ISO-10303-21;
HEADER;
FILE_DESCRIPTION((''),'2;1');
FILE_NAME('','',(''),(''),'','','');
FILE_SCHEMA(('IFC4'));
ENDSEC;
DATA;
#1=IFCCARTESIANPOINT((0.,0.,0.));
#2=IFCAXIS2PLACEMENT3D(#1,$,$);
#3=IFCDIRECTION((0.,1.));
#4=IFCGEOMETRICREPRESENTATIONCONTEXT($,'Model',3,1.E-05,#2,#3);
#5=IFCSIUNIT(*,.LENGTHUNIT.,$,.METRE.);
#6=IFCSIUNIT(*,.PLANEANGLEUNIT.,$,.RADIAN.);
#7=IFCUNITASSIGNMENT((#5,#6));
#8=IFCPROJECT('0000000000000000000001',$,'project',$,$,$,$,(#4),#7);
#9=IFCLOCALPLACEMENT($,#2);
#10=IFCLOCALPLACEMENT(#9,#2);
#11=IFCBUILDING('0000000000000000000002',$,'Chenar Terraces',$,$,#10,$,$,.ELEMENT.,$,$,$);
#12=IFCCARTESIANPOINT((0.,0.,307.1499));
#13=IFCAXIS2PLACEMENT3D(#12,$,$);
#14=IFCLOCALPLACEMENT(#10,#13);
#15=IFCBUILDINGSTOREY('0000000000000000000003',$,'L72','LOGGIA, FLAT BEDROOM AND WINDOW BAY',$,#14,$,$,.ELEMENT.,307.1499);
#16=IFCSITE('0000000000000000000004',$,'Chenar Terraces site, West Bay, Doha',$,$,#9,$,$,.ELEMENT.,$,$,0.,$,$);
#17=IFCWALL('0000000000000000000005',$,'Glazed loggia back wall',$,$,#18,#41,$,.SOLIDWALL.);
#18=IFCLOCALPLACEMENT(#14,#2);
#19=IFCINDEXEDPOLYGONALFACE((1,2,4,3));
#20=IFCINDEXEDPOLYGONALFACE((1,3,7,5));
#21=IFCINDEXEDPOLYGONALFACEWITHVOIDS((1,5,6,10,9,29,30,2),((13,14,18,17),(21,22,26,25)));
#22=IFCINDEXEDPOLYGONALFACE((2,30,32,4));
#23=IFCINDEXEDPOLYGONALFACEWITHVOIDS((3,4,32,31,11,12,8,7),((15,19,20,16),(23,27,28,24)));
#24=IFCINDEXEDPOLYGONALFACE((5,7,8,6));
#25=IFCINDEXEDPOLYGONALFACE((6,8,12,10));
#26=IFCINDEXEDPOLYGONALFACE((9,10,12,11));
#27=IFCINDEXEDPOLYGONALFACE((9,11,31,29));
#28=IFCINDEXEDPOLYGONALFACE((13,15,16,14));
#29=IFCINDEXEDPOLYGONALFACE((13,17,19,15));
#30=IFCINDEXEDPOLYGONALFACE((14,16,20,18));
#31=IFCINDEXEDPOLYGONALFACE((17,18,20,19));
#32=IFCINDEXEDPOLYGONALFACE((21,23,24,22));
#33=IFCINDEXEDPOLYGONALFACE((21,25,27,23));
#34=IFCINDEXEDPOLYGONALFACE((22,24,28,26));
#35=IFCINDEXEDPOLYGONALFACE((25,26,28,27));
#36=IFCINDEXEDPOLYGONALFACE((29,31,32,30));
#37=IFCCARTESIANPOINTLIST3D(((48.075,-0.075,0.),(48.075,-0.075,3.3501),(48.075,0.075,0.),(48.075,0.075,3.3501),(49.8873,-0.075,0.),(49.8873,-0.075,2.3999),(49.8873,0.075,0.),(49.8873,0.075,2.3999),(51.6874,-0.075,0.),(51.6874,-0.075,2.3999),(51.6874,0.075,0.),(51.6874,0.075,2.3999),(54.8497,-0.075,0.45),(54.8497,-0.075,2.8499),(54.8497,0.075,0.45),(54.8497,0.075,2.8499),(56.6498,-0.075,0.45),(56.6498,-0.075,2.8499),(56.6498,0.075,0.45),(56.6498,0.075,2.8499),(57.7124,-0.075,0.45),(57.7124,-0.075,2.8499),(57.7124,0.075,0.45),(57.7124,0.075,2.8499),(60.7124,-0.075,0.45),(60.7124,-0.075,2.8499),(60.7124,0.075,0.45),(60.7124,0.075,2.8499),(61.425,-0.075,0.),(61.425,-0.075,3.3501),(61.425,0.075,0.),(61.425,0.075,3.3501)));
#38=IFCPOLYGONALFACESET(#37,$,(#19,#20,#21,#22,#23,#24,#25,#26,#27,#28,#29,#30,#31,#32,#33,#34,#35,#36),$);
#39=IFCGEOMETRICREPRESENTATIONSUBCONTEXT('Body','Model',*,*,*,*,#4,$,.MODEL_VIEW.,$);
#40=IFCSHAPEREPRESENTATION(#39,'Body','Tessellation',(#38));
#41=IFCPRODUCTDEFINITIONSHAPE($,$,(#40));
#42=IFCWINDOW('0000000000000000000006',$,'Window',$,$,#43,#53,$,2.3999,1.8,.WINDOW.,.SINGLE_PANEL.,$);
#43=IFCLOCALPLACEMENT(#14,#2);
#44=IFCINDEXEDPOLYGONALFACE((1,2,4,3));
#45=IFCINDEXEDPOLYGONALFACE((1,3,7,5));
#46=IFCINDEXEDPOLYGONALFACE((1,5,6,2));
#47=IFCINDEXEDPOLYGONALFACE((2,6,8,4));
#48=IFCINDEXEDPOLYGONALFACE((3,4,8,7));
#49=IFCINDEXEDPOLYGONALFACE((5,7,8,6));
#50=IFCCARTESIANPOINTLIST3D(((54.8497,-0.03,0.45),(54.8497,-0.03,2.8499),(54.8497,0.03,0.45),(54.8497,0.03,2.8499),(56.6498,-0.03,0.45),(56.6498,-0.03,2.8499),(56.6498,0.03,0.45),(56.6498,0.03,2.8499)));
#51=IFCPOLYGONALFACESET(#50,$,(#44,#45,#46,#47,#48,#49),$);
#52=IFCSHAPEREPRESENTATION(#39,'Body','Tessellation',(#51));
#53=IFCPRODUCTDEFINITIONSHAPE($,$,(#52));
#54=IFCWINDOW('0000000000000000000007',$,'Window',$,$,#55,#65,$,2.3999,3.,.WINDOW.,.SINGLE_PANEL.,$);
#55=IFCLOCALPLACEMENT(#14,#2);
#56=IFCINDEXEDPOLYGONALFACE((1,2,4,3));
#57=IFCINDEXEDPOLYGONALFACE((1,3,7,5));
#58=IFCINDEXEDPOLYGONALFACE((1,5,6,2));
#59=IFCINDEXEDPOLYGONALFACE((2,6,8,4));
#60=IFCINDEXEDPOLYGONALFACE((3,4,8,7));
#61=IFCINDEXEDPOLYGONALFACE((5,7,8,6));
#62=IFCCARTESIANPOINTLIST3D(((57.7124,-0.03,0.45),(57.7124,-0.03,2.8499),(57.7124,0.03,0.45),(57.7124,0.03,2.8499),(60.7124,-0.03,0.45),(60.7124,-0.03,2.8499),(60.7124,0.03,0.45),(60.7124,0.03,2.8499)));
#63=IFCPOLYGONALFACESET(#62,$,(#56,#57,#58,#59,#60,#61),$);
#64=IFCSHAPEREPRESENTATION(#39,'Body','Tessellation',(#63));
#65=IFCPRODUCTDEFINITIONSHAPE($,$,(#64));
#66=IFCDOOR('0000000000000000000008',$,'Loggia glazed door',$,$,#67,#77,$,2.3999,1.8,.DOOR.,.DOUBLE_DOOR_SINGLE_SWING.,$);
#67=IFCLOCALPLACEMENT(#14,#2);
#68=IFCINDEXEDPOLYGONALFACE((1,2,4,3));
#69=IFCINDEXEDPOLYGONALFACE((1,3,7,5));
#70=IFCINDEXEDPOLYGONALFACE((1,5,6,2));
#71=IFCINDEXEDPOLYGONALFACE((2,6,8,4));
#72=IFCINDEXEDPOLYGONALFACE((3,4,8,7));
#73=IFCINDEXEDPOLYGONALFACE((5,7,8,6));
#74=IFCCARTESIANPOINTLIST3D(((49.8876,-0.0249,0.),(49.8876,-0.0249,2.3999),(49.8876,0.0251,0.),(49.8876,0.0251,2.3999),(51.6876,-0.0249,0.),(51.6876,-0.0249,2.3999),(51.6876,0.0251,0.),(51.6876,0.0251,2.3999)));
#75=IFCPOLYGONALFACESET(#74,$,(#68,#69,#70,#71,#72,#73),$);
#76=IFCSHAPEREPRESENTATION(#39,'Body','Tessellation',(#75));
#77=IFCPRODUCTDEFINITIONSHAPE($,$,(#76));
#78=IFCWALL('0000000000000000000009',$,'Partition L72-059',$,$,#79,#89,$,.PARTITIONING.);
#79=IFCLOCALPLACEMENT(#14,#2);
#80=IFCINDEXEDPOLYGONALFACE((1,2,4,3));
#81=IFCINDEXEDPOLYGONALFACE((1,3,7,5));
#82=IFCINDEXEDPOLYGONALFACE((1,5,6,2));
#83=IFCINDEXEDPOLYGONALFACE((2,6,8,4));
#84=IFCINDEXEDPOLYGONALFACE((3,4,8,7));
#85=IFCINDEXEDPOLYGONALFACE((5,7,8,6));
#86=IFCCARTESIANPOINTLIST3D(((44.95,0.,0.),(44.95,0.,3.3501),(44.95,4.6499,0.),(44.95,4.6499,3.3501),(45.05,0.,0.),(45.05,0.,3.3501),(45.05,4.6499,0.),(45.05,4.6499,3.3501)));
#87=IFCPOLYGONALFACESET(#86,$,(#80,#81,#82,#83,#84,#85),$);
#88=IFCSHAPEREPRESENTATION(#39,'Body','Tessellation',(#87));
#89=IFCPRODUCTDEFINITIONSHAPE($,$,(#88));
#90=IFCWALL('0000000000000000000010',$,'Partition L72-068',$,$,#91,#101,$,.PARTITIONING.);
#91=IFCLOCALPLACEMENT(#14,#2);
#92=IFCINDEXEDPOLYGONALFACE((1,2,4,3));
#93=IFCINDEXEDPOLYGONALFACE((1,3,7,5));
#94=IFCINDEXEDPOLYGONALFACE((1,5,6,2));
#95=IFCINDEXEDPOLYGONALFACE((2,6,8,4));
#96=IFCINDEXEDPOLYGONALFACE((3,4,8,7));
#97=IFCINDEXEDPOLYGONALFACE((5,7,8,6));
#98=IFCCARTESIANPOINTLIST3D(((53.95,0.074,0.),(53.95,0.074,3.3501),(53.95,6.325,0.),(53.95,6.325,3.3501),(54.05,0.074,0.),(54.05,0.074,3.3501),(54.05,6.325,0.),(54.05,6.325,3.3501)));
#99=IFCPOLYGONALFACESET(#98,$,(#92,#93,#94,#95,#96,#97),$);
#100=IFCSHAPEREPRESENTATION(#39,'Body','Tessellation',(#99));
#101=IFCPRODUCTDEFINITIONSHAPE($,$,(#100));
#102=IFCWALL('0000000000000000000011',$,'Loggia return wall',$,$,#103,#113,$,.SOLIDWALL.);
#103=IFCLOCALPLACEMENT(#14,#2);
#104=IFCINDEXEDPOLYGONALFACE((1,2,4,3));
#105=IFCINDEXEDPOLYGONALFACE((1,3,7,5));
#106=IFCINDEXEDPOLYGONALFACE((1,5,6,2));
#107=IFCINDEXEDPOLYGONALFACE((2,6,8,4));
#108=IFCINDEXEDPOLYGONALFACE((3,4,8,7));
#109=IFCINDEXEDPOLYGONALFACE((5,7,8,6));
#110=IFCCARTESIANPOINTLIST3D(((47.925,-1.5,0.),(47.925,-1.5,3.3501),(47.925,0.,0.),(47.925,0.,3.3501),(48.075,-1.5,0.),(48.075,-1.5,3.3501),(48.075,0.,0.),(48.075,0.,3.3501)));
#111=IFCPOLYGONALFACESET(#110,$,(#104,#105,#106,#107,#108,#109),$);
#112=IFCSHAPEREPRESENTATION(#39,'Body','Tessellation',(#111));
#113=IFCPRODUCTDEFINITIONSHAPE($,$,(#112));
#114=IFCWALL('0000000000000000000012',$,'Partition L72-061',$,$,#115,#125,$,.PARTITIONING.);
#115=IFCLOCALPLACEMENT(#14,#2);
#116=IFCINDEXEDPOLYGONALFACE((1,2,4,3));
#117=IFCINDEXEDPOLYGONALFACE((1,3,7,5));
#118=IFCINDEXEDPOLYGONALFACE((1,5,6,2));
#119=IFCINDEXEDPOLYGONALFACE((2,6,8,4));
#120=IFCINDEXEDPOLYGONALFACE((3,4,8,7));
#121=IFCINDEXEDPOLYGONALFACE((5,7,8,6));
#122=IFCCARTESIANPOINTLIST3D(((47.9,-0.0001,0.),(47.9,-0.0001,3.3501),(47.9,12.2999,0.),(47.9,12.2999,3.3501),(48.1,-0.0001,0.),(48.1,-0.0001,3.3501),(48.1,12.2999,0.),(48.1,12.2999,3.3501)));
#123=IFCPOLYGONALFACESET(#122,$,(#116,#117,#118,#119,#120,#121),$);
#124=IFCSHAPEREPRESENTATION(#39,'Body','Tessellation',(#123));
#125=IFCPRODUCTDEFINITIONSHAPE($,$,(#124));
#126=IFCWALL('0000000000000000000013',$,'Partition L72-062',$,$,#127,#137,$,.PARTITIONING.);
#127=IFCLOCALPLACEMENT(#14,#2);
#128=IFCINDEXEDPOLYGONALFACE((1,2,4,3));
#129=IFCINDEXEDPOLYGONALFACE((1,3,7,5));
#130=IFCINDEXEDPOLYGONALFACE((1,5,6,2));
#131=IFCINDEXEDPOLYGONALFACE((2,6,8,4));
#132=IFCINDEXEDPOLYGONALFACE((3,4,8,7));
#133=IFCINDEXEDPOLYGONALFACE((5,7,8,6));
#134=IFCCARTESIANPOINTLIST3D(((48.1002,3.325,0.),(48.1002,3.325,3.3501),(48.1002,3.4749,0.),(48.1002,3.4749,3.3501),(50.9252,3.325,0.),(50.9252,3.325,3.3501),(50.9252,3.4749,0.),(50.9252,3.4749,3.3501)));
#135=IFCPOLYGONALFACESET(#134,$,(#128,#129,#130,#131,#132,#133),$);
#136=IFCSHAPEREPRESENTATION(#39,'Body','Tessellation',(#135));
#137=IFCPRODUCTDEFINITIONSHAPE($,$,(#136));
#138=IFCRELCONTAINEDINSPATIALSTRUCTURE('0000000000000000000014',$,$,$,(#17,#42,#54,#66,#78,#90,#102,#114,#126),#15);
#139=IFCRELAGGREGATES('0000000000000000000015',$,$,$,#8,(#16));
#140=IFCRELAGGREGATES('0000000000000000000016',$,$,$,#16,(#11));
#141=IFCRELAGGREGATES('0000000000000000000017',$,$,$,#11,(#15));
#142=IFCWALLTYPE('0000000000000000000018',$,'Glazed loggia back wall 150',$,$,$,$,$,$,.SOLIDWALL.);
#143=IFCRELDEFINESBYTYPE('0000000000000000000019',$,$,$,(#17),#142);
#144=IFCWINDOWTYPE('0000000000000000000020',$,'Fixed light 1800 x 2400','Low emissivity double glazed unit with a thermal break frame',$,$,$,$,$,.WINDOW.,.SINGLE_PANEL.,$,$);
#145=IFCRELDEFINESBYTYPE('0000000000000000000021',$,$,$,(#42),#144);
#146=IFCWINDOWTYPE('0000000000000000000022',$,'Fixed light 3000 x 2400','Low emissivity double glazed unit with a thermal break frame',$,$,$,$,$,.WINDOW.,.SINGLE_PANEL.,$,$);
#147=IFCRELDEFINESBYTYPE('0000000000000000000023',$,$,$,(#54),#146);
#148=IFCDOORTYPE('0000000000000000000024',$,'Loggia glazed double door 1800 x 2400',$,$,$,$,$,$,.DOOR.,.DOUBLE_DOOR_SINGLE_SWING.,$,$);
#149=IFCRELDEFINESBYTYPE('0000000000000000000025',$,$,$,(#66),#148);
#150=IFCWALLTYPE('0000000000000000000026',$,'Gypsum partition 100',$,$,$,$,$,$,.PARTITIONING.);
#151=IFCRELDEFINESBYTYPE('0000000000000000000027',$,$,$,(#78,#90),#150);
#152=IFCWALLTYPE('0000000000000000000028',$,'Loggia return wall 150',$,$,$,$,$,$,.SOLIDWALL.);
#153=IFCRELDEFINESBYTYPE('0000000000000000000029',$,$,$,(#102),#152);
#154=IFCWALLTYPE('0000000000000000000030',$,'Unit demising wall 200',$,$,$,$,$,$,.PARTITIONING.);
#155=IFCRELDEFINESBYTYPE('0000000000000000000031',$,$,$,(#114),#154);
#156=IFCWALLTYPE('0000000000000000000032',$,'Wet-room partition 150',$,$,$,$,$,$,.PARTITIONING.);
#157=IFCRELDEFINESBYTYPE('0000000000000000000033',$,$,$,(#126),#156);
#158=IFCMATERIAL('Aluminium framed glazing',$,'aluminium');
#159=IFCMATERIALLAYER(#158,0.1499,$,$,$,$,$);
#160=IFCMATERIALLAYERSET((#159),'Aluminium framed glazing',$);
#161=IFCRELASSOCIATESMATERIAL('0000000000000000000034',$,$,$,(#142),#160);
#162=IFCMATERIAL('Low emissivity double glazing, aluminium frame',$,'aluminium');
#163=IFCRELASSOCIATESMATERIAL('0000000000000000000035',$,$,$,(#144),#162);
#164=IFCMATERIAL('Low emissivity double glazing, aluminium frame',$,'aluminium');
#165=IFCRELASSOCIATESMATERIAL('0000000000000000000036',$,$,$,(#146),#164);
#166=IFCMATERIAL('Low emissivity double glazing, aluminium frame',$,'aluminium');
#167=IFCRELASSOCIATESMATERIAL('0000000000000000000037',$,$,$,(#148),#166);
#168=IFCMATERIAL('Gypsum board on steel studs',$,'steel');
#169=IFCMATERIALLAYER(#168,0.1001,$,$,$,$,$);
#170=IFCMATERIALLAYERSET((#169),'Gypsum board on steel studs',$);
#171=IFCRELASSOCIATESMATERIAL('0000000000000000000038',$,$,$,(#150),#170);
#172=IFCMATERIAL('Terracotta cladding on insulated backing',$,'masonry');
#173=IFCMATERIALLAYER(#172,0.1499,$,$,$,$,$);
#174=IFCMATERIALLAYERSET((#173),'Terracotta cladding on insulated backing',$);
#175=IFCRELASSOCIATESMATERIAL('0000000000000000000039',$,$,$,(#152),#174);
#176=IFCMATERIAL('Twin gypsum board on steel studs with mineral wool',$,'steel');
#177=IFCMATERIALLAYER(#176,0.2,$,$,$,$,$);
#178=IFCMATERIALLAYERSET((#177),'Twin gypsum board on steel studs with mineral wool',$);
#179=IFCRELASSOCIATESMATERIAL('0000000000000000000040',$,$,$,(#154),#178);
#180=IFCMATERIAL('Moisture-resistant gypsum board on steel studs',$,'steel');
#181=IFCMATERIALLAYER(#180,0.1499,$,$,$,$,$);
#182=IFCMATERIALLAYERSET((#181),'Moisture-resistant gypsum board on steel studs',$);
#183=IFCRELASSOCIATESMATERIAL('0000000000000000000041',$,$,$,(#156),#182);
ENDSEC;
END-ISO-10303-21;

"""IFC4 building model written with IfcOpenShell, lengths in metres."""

from ifc_helpers import new_model, si_unit, direction, frame, frame_2d, origin, place, context, subcontext, project, spatial, rectangle, extrude, material, layer, layer_set, type_object, element, fill, save


model = new_model("IFC4")

# Units and contexts
model_context = context("Model", 3, precision=1e-05, world=origin(), true_north=direction((0.0, 1.0)))
body_context = subcontext(model_context, "Body", "Model", "MODEL_VIEW")
ifc_project = project(units=[si_unit("LENGTHUNIT", "METRE"), si_unit("PLANEANGLEUNIT", "RADIAN")], contexts=[model_context])

# Site, building, storey
site_placement = place(None, origin())
site = spatial("IfcSite", under=ifc_project, at=site_placement, Name="Chenar Terraces site, West Bay, Doha", CompositionType="ELEMENT", RefElevation=0.0)
building_placement = place(site_placement, origin())
building = spatial("IfcBuilding", under=site, at=building_placement, Name="Chenar Terraces", CompositionType="ELEMENT")
storey_placement = place(building_placement, frame((0.0, 0.0, 307.1499)))
storey = spatial("IfcBuildingStorey", under=building, at=storey_placement, Name="L72", Description="LOGGIA, FLAT BEDROOM AND WINDOW BAY", CompositionType="ELEMENT", Elevation=307.1499)

# Wall, openings, windows, door
ifc_material_1 = material(Name="Aluminium framed glazing", Category="aluminium")
ifc_layer_1 = layer(ifc_material_1, 0.1499)
ifc_layer_set_1 = layer_set([ifc_layer_1], Name="Aluminium framed glazing")
wall_type_1 = type_object("IfcWallType", Name="Glazed loggia back wall 150", PredefinedType="SOLIDWALL", material=ifc_layer_set_1)
wall_1_placement = place(storey_placement, frame((48.075, 0.0, 0.0), z_axis=(0.0, 0.0, 1.0), x_axis=(1.0, 0.0, 0.0)))
wall_1 = element("IfcWall", 1, at=wall_1_placement, inside=storey, type_object=wall_type_1, Name="Glazed loggia back wall", PredefinedType="SOLIDWALL", context=body_context, shape_type="SweptSolid", body=[
    extrude(rectangle(XDim=13.3501, YDim=0.1499, at=frame_2d((6.675, 0.0))), origin(), (0.0, 0.0, 1.0), 3.3501),
])
opening_1_placement = place(wall_1_placement, frame((1.8125, 0.0, 0.0)))
opening_1 = element("IfcOpeningElement", 2, at=opening_1_placement, cuts=wall_1, PredefinedType="OPENING", context=body_context, shape_type="SweptSolid", body=[
    extrude(rectangle(XDim=1.8, YDim=2.3999, at=frame_2d((0.8999, 1.2))), frame((0.0, 0.085, 0.0), z_axis=(0.0, -1.0, 0.0), x_axis=(1.0, 0.0, 0.0)), (0.0, 0.0, 1.0), 0.1699),
])
opening_2_placement = place(wall_1_placement, frame((6.7749, 0.0, 0.45)))
opening_2 = element("IfcOpeningElement", 3, at=opening_2_placement, cuts=wall_1, PredefinedType="OPENING", context=body_context, shape_type="SweptSolid", body=[
    extrude(rectangle(XDim=1.8, YDim=2.3999, at=frame_2d((0.8999, 1.2))), frame((0.0, 0.085, 0.0), z_axis=(0.0, -1.0, 0.0), x_axis=(1.0, 0.0, 0.0)), (0.0, 0.0, 1.0), 0.1699),
])
opening_3_placement = place(wall_1_placement, frame((9.6375, 0.0, 0.45)))
opening_3 = element("IfcOpeningElement", 4, at=opening_3_placement, cuts=wall_1, PredefinedType="OPENING", context=body_context, shape_type="SweptSolid", body=[
    extrude(rectangle(XDim=3.0, YDim=2.3999, at=frame_2d((1.5, 1.2))), frame((0.0, 0.085, 0.0), z_axis=(0.0, -1.0, 0.0), x_axis=(1.0, 0.0, 0.0)), (0.0, 0.0, 1.0), 0.1699),
])
ifc_material_2 = material(Name="Low emissivity double glazing, aluminium frame", Category="aluminium")
window_type_1 = type_object("IfcWindowType", Name="Fixed light 1800 x 2400", Description="Low emissivity double glazed unit with a thermal break frame", PartitioningType="SINGLE_PANEL", PredefinedType="WINDOW", material=ifc_material_2)
window_1_placement = place(opening_2_placement, origin())
window_1 = element("IfcWindow", 5, at=window_1_placement, inside=storey, type_object=window_type_1, Name="Window", OverallHeight=2.3999, OverallWidth=1.8, PartitioningType="SINGLE_PANEL", PredefinedType="WINDOW", context=body_context, shape_type="SweptSolid", body=[
    extrude(rectangle(XDim=1.8, YDim=2.3999, at=frame_2d((0.8999, 1.2))), frame((0.0, 0.03, 0.0), z_axis=(0.0, -1.0, 0.0), x_axis=(1.0, 0.0, 0.0)), (0.0, 0.0, 1.0), 0.0601),
])
fill(opening_2, window_1)
ifc_material_3 = material(Name="Low emissivity double glazing, aluminium frame", Category="aluminium")
window_type_2 = type_object("IfcWindowType", Name="Fixed light 3000 x 2400", Description="Low emissivity double glazed unit with a thermal break frame", PartitioningType="SINGLE_PANEL", PredefinedType="WINDOW", material=ifc_material_3)
window_2_placement = place(opening_3_placement, origin())
window_2 = element("IfcWindow", 6, at=window_2_placement, inside=storey, type_object=window_type_2, Name="Window", OverallHeight=2.3999, OverallWidth=3.0, PartitioningType="SINGLE_PANEL", PredefinedType="WINDOW", context=body_context, shape_type="SweptSolid", body=[
    extrude(rectangle(XDim=3.0, YDim=2.3999, at=frame_2d((1.5, 1.2))), frame((0.0, 0.03, 0.0), z_axis=(0.0, -1.0, 0.0), x_axis=(1.0, 0.0, 0.0)), (0.0, 0.0, 1.0), 0.0601),
])
fill(opening_3, window_2)
ifc_material_4 = material(Name="Low emissivity double glazing, aluminium frame", Category="aluminium")
door_type_1 = type_object("IfcDoorType", Name="Loggia glazed double door 1800 x 2400", OperationType="DOUBLE_DOOR_SINGLE_SWING", PredefinedType="DOOR", material=ifc_material_4)
door_1_placement = place(opening_1_placement, frame((1.8, 0.0, 0.0), z_axis=(0.0, 0.0, 1.0), x_axis=(-1.0, 0.0, 0.0)))
door_1 = element("IfcDoor", 7, at=door_1_placement, inside=storey, type_object=door_type_1, Name="Loggia glazed door", OperationType="DOUBLE_DOOR_SINGLE_SWING", OverallHeight=2.3999, OverallWidth=1.8, PredefinedType="DOOR", context=body_context, shape_type="SweptSolid", body=[
    extrude(rectangle(XDim=1.8, YDim=2.3999, at=frame_2d((0.8999, 1.2))), frame((0.0, 0.0249, 0.0), z_axis=(0.0, -1.0, 0.0), x_axis=(1.0, 0.0, 0.0)), (0.0, 0.0, 1.0), 0.05),
])
fill(opening_1, door_1)

# Walls
ifc_material_5 = material(Name="Gypsum board on steel studs", Category="steel")
ifc_layer_2 = layer(ifc_material_5, 0.1001)
ifc_layer_set_2 = layer_set([ifc_layer_2], Name="Gypsum board on steel studs")
wall_type_2 = type_object("IfcWallType", Name="Gypsum partition 100", PredefinedType="PARTITIONING", material=ifc_layer_set_2)
wall_2_placement = place(storey_placement, frame((45.0, 0.0, 0.0), z_axis=(0.0, 0.0, 1.0), x_axis=(0.0, 1.0, 0.0)))
element("IfcWall", 8, at=wall_2_placement, inside=storey, type_object=wall_type_2, Name="Partition L72-059", PredefinedType="PARTITIONING", context=body_context, shape_type="SweptSolid", body=[
    extrude(rectangle(XDim=4.6499, YDim=0.1001, at=frame_2d((2.325, 0.0))), origin(), (0.0, 0.0, 1.0), 3.3501),
])
wall_3_placement = place(storey_placement, frame((54.0, 0.074, 0.0), z_axis=(0.0, 0.0, 1.0), x_axis=(0.0, 1.0, 0.0)))
element("IfcWall", 9, at=wall_3_placement, inside=storey, type_object=wall_type_2, Name="Partition L72-068", PredefinedType="PARTITIONING", context=body_context, shape_type="SweptSolid", body=[
    extrude(rectangle(XDim=6.251, YDim=0.1001, at=frame_2d((3.1255, 0.0))), origin(), (0.0, 0.0, 1.0), 3.3501),
])
ifc_material_6 = material(Name="Terracotta cladding on insulated backing", Category="masonry")
ifc_layer_3 = layer(ifc_material_6, 0.1499)
ifc_layer_set_3 = layer_set([ifc_layer_3], Name="Terracotta cladding on insulated backing")
wall_type_3 = type_object("IfcWallType", Name="Loggia return wall 150", PredefinedType="SOLIDWALL", material=ifc_layer_set_3)
wall_4_placement = place(storey_placement, frame((48.0, -1.5, 0.0), z_axis=(0.0, 0.0, 1.0), x_axis=(0.0, 1.0, 0.0)))
element("IfcWall", 10, at=wall_4_placement, inside=storey, type_object=wall_type_3, Name="Loggia return wall", PredefinedType="SOLIDWALL", context=body_context, shape_type="SweptSolid", body=[
    extrude(rectangle(XDim=1.5, YDim=0.1499, at=frame_2d((0.75, 0.0))), origin(), (0.0, 0.0, 1.0), 3.3501),
])
ifc_material_7 = material(Name="Twin gypsum board on steel studs with mineral wool", Category="steel")
ifc_layer_4 = layer(ifc_material_7, 0.2)
ifc_layer_set_4 = layer_set([ifc_layer_4], Name="Twin gypsum board on steel studs with mineral wool")
wall_type_4 = type_object("IfcWallType", Name="Unit demising wall 200", PredefinedType="PARTITIONING", material=ifc_layer_set_4)
wall_5_placement = place(storey_placement, frame((48.0, 0.0, 0.0), z_axis=(0.0, 0.0, 1.0), x_axis=(0.0, 1.0, 0.0)))
element("IfcWall", 11, at=wall_5_placement, inside=storey, type_object=wall_type_4, Name="Partition L72-061", PredefinedType="PARTITIONING", context=body_context, shape_type="SweptSolid", body=[
    extrude(rectangle(XDim=12.3, YDim=0.2, at=frame_2d((6.1499, 0.0))), origin(), (0.0, 0.0, 1.0), 3.3501),
])
ifc_material_8 = material(Name="Moisture-resistant gypsum board on steel studs", Category="steel")
ifc_layer_5 = layer(ifc_material_8, 0.1499)
ifc_layer_set_5 = layer_set([ifc_layer_5], Name="Moisture-resistant gypsum board on steel studs")
wall_type_5 = type_object("IfcWallType", Name="Wet-room partition 150", PredefinedType="PARTITIONING", material=ifc_layer_set_5)
wall_6_placement = place(storey_placement, frame((48.1001, 3.3999, 0.0), z_axis=(0.0, 0.0, 1.0), x_axis=(1.0, 0.0, 0.0)))
element("IfcWall", 12, at=wall_6_placement, inside=storey, type_object=wall_type_5, Name="Partition L72-062", PredefinedType="PARTITIONING", context=body_context, shape_type="SweptSolid", body=[
    extrude(rectangle(XDim=2.825, YDim=0.1499, at=frame_2d((1.4126, 0.0))), origin(), (0.0, 0.0, 1.0), 3.3501),
])

save(model, "model.ifc")
